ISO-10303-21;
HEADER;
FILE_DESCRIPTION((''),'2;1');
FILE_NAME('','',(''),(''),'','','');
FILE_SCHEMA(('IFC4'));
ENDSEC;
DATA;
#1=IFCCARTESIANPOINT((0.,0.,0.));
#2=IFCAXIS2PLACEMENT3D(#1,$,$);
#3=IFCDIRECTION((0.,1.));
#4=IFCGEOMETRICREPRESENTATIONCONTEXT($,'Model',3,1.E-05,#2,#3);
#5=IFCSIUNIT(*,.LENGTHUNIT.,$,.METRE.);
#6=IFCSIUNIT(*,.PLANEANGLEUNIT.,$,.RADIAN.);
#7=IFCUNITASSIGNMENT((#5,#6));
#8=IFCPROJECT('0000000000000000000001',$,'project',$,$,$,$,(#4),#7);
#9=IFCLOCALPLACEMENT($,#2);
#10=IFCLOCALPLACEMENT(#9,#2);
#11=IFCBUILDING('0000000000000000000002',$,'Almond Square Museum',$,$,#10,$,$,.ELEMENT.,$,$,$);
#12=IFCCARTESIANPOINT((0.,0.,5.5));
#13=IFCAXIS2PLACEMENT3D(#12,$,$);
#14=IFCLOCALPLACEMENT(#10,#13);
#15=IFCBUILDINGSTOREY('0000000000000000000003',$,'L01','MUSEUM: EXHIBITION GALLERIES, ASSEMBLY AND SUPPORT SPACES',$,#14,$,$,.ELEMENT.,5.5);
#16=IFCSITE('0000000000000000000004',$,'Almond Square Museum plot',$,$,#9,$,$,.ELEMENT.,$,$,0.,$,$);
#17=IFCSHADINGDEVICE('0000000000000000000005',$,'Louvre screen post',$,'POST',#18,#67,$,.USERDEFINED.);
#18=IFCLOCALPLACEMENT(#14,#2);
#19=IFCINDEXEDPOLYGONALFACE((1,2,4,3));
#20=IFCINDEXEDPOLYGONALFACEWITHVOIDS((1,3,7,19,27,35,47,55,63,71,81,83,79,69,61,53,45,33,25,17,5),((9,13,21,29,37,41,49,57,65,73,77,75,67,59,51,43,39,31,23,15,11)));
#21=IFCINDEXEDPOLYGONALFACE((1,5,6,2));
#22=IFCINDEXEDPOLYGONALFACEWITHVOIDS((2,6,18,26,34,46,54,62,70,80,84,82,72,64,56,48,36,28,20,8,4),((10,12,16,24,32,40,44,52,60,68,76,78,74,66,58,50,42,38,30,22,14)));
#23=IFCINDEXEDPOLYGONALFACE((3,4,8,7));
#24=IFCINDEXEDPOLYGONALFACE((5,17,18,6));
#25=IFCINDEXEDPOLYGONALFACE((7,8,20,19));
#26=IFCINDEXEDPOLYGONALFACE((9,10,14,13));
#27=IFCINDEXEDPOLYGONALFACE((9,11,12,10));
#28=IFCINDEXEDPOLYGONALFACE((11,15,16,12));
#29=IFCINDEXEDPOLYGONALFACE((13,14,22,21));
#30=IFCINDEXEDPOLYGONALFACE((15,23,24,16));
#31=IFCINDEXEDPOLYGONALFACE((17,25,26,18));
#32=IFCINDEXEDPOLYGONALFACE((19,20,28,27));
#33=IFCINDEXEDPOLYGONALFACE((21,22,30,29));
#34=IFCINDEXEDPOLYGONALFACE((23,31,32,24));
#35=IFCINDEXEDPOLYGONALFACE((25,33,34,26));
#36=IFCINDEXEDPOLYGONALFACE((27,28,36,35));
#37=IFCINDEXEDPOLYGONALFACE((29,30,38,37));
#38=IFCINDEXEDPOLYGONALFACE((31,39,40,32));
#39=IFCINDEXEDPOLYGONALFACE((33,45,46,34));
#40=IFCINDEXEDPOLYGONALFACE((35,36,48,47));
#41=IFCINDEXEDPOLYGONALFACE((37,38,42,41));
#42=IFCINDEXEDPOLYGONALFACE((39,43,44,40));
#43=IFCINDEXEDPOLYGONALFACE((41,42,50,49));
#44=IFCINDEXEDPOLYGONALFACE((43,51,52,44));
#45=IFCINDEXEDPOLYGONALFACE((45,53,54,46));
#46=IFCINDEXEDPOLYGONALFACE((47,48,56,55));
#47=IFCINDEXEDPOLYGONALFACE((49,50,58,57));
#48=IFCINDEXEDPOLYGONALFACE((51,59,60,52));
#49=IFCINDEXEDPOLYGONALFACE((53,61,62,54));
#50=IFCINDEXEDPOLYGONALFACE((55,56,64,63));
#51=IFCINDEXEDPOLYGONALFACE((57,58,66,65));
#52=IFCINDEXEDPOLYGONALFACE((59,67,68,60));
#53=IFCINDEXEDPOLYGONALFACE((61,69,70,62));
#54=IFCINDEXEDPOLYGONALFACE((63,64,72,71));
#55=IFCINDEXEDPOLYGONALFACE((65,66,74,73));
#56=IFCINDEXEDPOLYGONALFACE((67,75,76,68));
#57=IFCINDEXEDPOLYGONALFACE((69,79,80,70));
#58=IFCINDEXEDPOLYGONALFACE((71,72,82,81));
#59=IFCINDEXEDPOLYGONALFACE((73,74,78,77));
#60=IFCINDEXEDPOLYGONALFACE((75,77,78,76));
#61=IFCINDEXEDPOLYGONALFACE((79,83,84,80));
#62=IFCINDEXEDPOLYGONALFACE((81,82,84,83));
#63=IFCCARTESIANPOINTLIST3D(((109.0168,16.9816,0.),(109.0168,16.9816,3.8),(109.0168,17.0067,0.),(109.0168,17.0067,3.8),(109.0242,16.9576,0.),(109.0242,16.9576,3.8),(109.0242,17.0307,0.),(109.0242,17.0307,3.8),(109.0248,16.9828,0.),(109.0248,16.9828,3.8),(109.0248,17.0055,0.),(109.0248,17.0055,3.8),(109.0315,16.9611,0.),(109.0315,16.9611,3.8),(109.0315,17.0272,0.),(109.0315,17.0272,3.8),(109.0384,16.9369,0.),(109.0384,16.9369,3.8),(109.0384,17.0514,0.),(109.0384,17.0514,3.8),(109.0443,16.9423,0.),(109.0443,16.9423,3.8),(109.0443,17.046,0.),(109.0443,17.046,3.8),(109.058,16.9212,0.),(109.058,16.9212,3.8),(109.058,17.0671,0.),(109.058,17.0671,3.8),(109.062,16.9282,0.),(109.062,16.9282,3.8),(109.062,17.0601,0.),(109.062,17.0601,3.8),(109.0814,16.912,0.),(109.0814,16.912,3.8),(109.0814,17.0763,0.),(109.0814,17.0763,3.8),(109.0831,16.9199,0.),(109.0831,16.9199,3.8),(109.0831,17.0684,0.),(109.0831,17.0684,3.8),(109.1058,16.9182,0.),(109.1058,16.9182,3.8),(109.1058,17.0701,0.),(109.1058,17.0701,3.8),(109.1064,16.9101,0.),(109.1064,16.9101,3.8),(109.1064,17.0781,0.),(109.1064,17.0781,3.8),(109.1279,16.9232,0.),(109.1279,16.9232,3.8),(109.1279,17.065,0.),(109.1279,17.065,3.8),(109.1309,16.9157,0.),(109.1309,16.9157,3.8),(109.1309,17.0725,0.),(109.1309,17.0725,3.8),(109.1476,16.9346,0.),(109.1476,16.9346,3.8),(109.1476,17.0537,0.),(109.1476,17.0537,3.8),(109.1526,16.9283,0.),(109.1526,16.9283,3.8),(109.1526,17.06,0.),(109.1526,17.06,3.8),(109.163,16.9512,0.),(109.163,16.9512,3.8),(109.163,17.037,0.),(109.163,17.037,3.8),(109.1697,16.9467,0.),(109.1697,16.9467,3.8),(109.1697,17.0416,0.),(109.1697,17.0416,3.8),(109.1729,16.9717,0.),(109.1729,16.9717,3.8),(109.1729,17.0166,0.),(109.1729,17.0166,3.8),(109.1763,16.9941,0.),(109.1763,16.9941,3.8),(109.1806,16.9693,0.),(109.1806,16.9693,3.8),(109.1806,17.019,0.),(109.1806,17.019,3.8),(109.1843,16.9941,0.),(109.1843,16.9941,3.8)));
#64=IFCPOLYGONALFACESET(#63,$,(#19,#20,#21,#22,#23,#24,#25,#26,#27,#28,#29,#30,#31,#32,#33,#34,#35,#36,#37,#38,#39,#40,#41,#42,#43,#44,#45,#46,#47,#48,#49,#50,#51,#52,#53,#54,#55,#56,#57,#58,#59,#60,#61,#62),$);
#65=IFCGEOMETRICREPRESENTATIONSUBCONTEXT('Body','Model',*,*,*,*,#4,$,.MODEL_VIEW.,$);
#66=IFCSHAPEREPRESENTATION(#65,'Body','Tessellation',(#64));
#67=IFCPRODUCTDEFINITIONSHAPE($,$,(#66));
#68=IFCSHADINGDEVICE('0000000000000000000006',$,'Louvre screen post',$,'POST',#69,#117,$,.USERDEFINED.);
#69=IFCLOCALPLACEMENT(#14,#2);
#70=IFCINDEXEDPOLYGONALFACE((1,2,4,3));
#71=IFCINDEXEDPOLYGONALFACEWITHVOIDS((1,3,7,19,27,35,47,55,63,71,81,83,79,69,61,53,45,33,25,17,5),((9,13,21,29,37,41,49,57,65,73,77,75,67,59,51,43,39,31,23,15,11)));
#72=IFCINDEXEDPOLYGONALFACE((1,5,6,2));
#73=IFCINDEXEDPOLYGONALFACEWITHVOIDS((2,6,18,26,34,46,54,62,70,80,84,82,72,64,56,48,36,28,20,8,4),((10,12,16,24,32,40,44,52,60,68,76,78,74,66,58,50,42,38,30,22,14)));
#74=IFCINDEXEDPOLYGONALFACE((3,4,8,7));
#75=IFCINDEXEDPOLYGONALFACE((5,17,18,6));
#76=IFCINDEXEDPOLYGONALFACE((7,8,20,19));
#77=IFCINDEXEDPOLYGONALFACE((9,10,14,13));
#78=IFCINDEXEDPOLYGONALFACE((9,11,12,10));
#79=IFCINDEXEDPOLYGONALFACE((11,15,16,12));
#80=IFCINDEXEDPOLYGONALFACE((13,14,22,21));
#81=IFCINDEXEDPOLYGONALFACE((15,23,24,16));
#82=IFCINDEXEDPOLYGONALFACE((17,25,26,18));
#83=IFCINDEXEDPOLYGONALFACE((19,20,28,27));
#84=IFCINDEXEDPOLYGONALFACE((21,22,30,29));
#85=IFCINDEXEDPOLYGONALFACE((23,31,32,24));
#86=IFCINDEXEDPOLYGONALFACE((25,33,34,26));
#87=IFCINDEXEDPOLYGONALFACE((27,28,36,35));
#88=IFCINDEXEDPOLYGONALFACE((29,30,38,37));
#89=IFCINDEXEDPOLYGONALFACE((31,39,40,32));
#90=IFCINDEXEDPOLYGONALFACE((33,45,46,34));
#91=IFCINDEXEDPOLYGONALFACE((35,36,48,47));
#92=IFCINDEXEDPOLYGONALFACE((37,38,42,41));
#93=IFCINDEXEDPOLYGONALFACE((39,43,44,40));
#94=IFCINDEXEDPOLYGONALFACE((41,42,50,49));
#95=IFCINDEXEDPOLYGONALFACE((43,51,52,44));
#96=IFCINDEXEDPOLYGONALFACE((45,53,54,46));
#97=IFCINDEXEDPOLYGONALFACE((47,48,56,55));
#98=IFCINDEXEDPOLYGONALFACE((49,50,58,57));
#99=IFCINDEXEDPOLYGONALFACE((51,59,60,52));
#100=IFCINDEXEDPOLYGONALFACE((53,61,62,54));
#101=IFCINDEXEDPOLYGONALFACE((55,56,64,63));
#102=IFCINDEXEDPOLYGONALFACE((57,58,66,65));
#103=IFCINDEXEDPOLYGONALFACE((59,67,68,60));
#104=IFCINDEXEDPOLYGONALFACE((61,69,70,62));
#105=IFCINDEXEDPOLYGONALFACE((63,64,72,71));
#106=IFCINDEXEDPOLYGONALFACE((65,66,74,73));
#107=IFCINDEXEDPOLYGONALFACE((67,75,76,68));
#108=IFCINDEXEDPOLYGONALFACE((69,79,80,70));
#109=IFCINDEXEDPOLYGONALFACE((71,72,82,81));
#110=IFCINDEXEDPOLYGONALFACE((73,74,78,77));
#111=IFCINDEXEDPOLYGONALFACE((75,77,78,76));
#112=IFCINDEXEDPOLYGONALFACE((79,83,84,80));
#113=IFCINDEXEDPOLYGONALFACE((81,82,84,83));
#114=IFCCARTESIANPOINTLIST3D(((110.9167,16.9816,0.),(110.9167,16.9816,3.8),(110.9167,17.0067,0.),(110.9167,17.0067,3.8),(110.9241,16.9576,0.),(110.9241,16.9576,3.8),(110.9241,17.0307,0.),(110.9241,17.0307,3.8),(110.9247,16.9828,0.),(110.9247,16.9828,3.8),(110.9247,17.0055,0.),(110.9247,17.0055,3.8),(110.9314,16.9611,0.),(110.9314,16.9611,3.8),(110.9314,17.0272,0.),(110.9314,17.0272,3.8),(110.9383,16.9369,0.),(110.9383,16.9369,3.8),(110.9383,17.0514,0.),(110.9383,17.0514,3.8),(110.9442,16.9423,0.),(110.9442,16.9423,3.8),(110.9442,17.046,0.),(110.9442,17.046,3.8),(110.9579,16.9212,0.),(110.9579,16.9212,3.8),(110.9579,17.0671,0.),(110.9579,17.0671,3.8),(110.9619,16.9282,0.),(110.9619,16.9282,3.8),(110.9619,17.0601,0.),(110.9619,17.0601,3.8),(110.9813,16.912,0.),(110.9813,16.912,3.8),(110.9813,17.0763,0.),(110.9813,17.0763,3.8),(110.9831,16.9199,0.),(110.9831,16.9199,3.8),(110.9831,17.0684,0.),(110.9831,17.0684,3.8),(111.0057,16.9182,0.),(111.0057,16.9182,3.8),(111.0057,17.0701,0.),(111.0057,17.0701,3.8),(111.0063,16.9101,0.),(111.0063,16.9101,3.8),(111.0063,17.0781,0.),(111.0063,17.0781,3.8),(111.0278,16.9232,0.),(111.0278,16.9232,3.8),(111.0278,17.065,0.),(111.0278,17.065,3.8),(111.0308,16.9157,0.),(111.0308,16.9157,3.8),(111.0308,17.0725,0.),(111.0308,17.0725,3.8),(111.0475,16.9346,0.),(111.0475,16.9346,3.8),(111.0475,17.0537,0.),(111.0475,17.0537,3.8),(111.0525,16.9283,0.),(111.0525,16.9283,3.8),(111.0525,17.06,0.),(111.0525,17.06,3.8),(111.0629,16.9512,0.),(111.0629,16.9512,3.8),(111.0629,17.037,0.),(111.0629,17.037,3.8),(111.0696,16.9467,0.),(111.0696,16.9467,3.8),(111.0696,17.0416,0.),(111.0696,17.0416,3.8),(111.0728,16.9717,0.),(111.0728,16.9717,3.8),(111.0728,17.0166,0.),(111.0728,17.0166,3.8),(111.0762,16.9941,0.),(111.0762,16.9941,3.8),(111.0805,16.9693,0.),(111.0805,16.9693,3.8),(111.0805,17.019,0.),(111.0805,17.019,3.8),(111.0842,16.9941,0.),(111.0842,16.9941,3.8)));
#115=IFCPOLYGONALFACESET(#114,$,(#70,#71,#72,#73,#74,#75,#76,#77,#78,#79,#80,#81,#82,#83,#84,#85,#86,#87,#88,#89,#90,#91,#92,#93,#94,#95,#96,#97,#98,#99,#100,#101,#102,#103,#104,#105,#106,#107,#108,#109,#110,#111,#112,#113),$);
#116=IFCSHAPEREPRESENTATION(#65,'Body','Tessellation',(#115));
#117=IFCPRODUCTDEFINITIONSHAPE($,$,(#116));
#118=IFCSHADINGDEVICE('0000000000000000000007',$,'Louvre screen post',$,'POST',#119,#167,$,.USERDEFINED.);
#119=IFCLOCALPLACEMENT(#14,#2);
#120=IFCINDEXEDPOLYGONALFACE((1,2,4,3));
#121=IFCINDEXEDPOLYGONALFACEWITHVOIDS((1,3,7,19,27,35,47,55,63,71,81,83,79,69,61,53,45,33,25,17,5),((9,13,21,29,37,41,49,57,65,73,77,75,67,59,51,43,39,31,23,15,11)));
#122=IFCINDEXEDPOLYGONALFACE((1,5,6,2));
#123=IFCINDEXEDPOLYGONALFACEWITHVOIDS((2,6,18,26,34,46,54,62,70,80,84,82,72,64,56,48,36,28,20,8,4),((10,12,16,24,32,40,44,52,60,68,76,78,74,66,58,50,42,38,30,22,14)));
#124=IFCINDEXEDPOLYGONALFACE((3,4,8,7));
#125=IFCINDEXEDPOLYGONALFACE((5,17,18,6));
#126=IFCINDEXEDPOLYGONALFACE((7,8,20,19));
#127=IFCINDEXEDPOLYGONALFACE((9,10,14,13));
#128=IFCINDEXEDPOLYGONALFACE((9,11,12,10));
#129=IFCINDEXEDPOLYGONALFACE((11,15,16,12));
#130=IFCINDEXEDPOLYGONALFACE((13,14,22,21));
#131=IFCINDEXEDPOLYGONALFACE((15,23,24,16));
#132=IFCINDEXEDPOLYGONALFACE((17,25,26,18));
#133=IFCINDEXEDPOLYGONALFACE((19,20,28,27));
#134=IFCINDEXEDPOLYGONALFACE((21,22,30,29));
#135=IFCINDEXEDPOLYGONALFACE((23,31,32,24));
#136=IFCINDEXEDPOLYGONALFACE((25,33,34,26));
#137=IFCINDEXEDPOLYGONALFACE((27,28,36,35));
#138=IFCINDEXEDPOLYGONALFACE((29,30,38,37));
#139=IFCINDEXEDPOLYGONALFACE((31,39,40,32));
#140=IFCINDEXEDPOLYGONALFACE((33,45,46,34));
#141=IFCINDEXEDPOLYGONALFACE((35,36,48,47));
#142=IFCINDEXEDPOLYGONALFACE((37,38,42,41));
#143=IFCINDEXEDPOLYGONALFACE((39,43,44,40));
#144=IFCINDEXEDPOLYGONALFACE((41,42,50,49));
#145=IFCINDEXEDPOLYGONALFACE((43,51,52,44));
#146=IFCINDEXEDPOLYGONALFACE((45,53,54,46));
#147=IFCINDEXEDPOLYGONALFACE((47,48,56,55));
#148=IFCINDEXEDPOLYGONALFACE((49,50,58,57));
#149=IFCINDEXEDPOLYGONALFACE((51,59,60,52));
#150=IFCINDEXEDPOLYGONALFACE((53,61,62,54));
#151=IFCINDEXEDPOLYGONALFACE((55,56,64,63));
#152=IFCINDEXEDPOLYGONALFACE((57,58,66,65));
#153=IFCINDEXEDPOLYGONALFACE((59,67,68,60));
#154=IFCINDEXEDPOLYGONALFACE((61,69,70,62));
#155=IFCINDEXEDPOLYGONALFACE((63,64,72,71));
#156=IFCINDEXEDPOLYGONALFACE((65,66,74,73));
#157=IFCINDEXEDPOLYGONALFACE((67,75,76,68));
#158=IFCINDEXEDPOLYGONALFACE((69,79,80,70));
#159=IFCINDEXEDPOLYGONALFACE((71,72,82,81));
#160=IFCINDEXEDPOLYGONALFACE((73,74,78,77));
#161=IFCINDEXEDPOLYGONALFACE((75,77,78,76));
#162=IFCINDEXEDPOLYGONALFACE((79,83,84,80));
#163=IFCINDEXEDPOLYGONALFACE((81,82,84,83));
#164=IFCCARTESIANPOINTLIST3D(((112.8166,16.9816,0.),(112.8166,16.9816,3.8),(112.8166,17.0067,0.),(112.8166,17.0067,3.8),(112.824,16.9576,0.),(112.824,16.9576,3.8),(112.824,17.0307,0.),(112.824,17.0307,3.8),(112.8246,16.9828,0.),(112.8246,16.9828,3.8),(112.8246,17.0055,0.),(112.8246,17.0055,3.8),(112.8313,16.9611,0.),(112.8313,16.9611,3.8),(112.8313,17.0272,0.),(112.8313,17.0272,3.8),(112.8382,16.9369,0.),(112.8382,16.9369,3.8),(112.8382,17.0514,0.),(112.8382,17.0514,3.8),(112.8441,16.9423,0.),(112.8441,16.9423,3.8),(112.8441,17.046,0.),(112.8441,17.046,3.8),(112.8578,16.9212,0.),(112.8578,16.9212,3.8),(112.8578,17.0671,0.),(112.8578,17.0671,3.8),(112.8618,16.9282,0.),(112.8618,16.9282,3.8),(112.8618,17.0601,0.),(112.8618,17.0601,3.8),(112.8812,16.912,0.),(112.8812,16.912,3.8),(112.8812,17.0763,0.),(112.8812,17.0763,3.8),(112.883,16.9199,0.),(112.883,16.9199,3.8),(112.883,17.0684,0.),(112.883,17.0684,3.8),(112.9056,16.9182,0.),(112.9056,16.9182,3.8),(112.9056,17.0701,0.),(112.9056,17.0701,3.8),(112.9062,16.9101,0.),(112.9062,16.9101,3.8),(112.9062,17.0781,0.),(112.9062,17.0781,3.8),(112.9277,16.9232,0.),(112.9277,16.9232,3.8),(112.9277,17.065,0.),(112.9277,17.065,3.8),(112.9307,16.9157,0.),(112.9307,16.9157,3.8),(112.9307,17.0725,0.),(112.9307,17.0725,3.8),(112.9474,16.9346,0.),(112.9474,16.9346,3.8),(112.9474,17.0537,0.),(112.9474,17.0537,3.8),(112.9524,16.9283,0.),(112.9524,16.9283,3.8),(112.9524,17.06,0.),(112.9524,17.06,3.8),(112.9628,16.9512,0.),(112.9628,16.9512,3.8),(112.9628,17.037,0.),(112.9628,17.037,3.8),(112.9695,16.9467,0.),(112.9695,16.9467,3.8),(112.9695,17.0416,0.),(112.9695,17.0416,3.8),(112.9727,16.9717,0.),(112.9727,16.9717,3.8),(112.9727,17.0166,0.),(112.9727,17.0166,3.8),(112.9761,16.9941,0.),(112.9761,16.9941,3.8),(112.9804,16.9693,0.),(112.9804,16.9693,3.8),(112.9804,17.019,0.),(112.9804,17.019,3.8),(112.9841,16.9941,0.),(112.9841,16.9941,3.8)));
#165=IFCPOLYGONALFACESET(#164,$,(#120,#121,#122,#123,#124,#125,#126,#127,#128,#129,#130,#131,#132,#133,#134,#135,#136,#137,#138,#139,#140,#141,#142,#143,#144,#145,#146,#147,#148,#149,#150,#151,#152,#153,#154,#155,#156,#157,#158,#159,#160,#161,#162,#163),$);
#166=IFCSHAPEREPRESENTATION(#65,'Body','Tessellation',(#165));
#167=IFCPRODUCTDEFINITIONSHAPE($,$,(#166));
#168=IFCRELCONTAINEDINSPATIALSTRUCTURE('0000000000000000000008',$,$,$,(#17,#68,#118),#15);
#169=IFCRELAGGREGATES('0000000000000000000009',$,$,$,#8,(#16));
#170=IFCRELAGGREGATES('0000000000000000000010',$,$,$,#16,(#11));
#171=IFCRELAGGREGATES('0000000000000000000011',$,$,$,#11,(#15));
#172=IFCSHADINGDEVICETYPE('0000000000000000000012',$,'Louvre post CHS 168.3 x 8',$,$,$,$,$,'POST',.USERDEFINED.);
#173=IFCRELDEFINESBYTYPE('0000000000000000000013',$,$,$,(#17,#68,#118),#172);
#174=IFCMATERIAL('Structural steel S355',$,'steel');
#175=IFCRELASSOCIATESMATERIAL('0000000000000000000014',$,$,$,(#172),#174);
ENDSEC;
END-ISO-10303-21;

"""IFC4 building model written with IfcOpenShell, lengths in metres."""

from ifc_helpers import new_model, si_unit, direction, frame, origin, origin_2d, place, context, subcontext, project, spatial, hollow_circle, extrude, material, material_profile, profile_set, type_object, element, save


model = new_model("IFC4")

# Units and contexts
model_context = context("Model", 3, precision=1e-05, world=origin(), true_north=direction((0.0, 1.0)))
body_context = subcontext(model_context, "Body", "Model", "MODEL_VIEW")
ifc_project = project(units=[si_unit("LENGTHUNIT", "METRE"), si_unit("PLANEANGLEUNIT", "RADIAN")], contexts=[model_context])

# Site, building, storey
site_placement = place(None, origin())
site = spatial("IfcSite", under=ifc_project, at=site_placement, Name="Almond Square Museum plot", CompositionType="ELEMENT", RefElevation=0.0)
building_placement = place(site_placement, origin())
building = spatial("IfcBuilding", under=site, at=building_placement, Name="Almond Square Museum", CompositionType="ELEMENT")
storey_placement = place(building_placement, frame((0.0, 0.0, 5.5)))
storey = spatial("IfcBuildingStorey", under=building, at=storey_placement, Name="L01", Description="MUSEUM: EXHIBITION GALLERIES, ASSEMBLY AND SUPPORT SPACES", CompositionType="ELEMENT", Elevation=5.5)

# Shading devices
ifc_material_1 = material(Name="Structural steel S355", Category="steel")
ifc_material_profile_1 = material_profile(ifc_material_1, hollow_circle(Radius=0.0842, WallThickness=0.0081, at=origin_2d()))
ifc_profile_set_1 = profile_set([ifc_material_profile_1], Name="Structural steel S355")
shading_device_type = type_object("IfcShadingDeviceType", Name="Louvre post CHS 168.3 x 8", ElementType="POST", PredefinedType="USERDEFINED", material=ifc_profile_set_1)
for number, where, z_axis, x_axis, name in (
    (1, (109.1001, 16.9941, 0.0), (0.0, 0.0, 1.0), (1.0, 0.0, 0.0), "Louvre screen post"),
    (2, (111.0, 16.9941, 0.0), (0.0, 0.0, 1.0), (1.0, 0.0, 0.0), "Louvre screen post"),
    (3, (112.8999, 16.9941, 0.0), (0.0, 0.0, 1.0), (1.0, 0.0, 0.0), "Louvre screen post"),
):
    element("IfcShadingDevice", number, at=place(storey_placement, frame(where, z_axis=z_axis, x_axis=x_axis)), inside=storey, type_object=shading_device_type, Name=name, ObjectType="POST", PredefinedType="USERDEFINED", context=body_context, shape_type="SweptSolid", body=[
        extrude(hollow_circle(Radius=0.0842, WallThickness=0.0081, at=origin_2d()), origin(), (0.0, 0.0, 1.0), 3.8),
    ])

save(model, "model.ifc")
